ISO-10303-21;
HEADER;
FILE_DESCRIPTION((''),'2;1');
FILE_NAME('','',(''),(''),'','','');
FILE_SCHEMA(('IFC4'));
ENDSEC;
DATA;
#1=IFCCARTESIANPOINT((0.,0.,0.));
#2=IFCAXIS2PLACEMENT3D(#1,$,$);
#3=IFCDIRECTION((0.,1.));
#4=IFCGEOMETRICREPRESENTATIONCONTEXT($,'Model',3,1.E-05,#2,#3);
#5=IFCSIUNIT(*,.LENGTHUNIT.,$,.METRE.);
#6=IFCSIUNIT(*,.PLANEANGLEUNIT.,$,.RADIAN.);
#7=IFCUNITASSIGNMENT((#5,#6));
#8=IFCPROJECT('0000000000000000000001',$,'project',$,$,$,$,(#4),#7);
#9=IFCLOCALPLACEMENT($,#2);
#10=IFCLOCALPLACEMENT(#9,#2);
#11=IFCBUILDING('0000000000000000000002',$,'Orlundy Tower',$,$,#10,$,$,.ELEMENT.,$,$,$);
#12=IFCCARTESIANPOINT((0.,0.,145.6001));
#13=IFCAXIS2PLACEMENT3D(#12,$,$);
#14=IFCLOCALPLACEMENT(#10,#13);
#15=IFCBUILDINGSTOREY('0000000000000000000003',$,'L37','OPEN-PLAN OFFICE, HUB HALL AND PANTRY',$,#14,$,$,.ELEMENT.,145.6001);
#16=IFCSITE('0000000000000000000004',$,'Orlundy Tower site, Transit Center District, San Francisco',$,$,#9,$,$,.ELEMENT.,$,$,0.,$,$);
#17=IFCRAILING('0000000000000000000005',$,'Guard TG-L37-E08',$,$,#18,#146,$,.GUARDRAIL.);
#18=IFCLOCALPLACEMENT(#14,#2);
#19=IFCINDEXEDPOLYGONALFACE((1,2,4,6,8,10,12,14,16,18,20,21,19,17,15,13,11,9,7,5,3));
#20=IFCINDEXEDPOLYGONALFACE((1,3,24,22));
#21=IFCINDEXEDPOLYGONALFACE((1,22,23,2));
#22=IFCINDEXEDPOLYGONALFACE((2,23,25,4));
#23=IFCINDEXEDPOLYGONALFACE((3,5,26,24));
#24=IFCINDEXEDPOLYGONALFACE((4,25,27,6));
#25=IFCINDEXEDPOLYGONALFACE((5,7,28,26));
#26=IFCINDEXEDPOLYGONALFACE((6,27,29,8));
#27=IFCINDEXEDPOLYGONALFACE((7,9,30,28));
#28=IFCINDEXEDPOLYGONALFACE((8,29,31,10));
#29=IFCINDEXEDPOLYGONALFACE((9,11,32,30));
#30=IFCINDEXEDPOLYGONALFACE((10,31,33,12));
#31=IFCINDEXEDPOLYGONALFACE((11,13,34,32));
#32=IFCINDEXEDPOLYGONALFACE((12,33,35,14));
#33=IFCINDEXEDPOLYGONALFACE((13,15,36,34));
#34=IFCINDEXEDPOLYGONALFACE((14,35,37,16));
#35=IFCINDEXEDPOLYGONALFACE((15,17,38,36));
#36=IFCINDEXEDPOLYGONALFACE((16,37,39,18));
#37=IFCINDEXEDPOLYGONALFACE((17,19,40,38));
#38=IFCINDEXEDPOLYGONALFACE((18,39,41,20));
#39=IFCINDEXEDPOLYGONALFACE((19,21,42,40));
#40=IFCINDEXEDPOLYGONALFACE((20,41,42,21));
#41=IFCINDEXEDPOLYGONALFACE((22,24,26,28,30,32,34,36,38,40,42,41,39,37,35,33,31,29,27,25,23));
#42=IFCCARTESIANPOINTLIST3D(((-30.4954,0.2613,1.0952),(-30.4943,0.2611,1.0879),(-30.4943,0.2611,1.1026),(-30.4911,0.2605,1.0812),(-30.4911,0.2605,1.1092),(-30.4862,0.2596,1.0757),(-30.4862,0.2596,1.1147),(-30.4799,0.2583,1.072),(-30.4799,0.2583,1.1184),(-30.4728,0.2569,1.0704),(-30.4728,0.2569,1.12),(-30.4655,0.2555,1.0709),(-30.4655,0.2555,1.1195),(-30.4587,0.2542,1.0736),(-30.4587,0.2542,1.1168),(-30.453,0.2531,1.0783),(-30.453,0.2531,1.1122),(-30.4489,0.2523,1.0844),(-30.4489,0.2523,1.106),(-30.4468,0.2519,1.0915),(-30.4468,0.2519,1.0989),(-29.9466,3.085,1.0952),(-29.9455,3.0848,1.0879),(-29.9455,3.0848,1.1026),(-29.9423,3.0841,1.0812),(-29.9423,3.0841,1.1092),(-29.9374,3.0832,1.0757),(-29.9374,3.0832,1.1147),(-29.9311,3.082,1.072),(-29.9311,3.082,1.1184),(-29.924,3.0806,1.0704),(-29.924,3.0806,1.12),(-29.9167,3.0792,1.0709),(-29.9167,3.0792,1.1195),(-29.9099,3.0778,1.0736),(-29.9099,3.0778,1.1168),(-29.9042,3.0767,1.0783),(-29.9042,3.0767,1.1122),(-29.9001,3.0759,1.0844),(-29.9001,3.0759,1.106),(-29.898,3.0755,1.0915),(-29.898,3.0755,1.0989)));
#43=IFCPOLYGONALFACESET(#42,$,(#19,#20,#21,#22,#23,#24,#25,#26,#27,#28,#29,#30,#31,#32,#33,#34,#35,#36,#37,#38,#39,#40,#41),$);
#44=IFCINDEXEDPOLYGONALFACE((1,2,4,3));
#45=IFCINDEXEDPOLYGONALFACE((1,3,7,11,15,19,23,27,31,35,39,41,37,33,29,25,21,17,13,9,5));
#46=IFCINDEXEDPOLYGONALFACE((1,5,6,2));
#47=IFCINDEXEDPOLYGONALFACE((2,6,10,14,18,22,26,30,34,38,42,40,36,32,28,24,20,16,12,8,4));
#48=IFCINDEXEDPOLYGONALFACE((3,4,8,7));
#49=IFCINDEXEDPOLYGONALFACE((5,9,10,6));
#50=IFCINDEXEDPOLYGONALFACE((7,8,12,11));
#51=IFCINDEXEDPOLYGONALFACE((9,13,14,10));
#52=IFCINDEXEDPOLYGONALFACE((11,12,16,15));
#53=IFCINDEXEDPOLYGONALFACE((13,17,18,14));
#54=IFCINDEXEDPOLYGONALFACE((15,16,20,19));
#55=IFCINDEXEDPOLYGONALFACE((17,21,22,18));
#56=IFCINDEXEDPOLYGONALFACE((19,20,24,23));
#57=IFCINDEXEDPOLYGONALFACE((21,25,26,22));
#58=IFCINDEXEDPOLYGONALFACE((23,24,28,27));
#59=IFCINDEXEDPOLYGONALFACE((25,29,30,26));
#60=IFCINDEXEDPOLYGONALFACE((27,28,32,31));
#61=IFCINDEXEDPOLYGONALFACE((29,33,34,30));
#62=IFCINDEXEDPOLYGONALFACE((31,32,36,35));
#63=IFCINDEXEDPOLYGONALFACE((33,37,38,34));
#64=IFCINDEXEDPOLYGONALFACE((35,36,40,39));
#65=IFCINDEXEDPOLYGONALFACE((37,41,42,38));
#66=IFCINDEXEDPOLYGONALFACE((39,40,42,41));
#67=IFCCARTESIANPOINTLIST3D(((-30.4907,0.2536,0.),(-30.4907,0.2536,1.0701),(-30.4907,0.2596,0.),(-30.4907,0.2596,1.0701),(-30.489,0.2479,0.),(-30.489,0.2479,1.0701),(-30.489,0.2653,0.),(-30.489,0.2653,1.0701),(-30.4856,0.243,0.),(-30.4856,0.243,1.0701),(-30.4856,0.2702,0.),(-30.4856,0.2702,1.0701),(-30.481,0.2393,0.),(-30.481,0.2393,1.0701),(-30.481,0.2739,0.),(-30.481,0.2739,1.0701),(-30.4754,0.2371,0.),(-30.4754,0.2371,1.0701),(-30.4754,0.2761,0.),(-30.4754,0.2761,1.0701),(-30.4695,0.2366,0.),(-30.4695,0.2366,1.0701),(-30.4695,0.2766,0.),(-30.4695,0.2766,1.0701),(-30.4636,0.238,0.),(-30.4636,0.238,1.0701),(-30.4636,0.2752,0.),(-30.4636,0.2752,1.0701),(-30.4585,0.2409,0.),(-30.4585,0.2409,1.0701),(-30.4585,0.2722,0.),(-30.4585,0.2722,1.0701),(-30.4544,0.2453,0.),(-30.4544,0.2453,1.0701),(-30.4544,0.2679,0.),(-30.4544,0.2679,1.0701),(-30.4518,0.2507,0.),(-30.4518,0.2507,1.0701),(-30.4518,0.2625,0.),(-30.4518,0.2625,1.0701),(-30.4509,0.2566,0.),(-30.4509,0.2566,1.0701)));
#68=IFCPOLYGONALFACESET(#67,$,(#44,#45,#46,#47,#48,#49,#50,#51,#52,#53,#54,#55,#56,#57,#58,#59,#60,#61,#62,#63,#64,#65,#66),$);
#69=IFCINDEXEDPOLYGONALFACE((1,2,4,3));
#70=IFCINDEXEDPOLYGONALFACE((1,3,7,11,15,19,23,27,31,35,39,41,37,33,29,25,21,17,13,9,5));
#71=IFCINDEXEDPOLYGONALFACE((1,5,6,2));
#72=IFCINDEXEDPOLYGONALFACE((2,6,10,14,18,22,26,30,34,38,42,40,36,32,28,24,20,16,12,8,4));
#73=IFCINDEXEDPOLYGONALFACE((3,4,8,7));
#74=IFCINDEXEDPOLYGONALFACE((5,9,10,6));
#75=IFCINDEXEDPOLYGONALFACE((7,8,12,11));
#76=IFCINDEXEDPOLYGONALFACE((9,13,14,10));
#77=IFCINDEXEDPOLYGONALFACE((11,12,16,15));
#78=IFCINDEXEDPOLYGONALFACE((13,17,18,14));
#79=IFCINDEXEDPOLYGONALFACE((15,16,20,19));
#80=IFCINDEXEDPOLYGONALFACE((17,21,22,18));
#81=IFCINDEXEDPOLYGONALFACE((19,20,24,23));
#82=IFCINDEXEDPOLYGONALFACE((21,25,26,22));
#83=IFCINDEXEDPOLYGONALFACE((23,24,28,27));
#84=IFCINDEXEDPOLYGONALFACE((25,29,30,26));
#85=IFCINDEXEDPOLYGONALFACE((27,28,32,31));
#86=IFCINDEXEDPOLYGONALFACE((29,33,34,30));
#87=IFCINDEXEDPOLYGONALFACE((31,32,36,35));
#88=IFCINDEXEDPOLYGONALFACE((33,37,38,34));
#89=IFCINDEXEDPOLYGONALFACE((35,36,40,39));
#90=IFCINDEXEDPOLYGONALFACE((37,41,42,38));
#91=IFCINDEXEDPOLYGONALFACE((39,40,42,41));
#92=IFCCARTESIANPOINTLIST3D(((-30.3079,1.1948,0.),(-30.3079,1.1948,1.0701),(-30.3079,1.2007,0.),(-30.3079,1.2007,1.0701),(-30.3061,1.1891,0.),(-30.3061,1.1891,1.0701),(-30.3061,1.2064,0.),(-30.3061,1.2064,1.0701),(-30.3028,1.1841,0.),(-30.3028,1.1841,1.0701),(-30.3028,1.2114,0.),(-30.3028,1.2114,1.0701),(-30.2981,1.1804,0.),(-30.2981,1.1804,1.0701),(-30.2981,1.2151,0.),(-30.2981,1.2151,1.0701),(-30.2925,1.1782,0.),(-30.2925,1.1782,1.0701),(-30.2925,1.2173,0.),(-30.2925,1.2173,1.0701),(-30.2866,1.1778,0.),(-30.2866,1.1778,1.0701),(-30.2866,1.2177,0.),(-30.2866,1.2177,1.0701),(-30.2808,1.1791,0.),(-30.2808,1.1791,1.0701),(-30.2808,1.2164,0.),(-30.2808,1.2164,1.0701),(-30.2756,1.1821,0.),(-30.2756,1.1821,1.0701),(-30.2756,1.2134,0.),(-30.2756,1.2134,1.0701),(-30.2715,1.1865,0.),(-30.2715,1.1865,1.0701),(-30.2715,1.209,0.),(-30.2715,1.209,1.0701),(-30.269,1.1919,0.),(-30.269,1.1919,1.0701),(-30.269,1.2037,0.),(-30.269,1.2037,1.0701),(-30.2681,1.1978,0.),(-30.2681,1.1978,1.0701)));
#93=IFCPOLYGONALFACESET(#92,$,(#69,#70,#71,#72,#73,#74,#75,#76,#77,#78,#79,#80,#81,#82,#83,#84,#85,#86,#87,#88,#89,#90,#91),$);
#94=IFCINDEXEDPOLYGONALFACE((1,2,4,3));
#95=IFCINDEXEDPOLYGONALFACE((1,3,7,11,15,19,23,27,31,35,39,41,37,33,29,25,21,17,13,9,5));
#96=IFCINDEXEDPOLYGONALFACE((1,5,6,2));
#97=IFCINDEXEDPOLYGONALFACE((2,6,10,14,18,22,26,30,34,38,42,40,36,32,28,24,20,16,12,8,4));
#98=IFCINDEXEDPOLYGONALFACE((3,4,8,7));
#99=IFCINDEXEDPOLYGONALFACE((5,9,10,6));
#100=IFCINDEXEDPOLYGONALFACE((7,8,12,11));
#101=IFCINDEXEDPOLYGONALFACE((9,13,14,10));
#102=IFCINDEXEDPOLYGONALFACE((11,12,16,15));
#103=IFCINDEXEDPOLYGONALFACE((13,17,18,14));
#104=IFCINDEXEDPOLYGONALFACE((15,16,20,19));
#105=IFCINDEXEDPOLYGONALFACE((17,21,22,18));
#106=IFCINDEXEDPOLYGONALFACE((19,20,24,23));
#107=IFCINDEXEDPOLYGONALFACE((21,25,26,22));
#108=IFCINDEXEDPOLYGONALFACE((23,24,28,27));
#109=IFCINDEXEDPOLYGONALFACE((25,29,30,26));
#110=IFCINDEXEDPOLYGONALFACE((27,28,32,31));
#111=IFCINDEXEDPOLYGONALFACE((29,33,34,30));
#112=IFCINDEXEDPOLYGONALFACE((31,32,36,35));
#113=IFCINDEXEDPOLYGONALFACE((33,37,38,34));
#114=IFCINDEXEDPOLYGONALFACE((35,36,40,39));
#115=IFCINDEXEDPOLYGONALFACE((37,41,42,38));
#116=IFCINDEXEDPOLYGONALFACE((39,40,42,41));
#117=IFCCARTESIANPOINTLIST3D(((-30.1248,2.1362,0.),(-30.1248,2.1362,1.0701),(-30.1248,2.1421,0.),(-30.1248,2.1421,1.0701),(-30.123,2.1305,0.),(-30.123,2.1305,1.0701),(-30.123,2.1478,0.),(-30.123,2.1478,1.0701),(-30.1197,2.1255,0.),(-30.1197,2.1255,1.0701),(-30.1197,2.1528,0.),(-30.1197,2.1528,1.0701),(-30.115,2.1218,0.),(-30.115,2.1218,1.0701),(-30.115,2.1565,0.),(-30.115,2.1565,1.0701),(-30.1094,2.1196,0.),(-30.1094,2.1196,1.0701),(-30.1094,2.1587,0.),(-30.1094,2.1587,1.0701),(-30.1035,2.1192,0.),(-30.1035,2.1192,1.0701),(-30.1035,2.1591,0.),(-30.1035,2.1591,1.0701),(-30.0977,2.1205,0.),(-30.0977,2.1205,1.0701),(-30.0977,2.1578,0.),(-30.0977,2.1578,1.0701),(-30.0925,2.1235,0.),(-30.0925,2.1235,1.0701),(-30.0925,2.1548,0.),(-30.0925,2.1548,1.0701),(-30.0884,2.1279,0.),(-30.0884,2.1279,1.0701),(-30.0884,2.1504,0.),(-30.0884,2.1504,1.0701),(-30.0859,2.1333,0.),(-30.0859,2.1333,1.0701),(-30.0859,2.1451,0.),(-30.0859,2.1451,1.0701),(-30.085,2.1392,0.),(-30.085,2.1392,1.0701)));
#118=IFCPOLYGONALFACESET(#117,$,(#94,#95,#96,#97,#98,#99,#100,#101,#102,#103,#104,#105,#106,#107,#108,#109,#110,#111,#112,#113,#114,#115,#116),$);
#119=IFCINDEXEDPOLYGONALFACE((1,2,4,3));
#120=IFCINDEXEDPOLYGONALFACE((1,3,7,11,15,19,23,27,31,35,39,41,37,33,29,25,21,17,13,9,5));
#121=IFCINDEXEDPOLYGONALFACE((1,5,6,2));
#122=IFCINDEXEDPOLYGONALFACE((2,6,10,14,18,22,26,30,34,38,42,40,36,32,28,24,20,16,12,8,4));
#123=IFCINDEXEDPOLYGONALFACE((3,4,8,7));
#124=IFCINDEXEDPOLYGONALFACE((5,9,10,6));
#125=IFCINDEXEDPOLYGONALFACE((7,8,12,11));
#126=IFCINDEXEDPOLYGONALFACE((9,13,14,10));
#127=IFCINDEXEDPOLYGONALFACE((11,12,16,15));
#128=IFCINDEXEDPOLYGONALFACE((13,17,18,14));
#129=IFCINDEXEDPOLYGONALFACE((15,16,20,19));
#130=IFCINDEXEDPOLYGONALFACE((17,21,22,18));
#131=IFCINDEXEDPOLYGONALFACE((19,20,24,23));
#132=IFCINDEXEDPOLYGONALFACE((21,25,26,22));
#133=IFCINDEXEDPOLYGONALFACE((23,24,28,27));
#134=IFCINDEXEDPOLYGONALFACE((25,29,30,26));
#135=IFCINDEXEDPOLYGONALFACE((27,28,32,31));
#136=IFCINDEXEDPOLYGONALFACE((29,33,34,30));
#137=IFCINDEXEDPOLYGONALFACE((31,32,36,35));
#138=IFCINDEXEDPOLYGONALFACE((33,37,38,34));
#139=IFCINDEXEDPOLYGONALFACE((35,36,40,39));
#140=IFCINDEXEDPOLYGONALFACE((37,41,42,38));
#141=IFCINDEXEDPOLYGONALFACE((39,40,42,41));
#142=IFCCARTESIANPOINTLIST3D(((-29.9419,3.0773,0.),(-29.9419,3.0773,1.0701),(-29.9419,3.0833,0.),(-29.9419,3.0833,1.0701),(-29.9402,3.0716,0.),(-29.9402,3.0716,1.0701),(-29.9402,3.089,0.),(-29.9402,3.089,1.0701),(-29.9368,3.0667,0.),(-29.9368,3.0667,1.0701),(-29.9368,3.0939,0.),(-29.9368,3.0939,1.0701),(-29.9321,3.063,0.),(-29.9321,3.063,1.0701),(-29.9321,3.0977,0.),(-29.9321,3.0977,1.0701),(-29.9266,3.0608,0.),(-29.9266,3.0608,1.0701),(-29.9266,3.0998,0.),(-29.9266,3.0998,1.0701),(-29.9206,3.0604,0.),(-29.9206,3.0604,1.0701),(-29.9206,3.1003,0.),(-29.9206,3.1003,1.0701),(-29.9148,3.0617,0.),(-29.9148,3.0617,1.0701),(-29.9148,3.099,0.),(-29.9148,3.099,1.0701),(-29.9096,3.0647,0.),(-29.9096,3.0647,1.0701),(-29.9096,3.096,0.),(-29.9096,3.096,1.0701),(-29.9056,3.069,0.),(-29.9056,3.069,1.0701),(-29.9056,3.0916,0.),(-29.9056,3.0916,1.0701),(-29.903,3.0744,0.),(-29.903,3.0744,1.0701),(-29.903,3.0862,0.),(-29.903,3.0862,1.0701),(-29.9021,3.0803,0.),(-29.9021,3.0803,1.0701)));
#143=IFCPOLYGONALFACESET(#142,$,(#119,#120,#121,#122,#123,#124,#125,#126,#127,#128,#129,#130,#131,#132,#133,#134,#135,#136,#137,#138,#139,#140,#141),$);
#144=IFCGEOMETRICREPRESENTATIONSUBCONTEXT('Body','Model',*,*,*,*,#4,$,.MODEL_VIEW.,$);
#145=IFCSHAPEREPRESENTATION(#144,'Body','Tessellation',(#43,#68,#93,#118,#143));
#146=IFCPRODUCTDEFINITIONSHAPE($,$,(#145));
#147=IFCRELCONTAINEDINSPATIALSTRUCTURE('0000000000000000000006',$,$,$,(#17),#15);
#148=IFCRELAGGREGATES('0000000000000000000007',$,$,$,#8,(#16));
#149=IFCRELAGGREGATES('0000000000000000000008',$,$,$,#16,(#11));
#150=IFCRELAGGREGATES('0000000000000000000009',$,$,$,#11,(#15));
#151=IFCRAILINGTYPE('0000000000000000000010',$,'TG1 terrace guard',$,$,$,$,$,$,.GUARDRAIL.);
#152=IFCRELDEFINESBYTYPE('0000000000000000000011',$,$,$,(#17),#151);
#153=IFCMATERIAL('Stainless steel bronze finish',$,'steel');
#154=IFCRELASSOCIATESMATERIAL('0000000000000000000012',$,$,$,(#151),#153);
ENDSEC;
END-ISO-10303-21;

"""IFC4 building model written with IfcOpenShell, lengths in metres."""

from ifc_helpers import new_model, si_unit, direction, frame, origin, origin_2d, place, context, subcontext, project, spatial, circle, extrude, material, type_object, element, save


model = new_model("IFC4")

# Units and contexts
model_context = context("Model", 3, precision=1e-05, world=origin(), true_north=direction((0.0, 1.0)))
body_context = subcontext(model_context, "Body", "Model", "MODEL_VIEW")
ifc_project = project(units=[si_unit("LENGTHUNIT", "METRE"), si_unit("PLANEANGLEUNIT", "RADIAN")], contexts=[model_context])

# Site, building, storey
site_placement = place(None, origin())
site = spatial("IfcSite", under=ifc_project, at=site_placement, Name="Orlundy Tower site, Transit Center District, San Francisco", CompositionType="ELEMENT", RefElevation=0.0)
building_placement = place(site_placement, origin())
building = spatial("IfcBuilding", under=site, at=building_placement, Name="Orlundy Tower", CompositionType="ELEMENT")
storey_placement = place(building_placement, frame((0.0, 0.0, 145.6001)))
storey = spatial("IfcBuildingStorey", under=building, at=storey_placement, Name="L37", Description="OPEN-PLAN OFFICE, HUB HALL AND PANTRY", CompositionType="ELEMENT", Elevation=145.6001)

# Railing
ifc_material_1 = material(Name="Stainless steel bronze finish", Category="steel")
railing_type_1 = type_object("IfcRailingType", Name="TG1 terrace guard", PredefinedType="GUARDRAIL", material=ifc_material_1)
railing_1_placement = place(storey_placement, frame((-30.4709, 0.2566, 0.0)))
element("IfcRailing", 1, at=railing_1_placement, inside=storey, type_object=railing_type_1, Name="Guard TG-L37-E08", PredefinedType="GUARDRAIL", context=body_context, shape_type="SweptSolid", body=[
    extrude(circle(Radius=0.0249, at=origin_2d()), frame((0.0, 0.0, 1.0952), z_axis=(0.190792, 0.98163, 0.0), x_axis=(-0.98163, 0.190792, 0.0)), (0.0, 0.0, 1.0), 2.8765),
    extrude(circle(Radius=0.02, at=origin_2d()), origin(), (0.0, 0.0, 1.0), 1.0701),
    extrude(circle(Radius=0.02, at=origin_2d()), frame((0.1829, 0.9412, 0.0)), (0.0, 0.0, 1.0), 1.0701),
    extrude(circle(Radius=0.02, at=origin_2d()), frame((0.366, 1.8826, 0.0)), (0.0, 0.0, 1.0), 1.0701),
    extrude(circle(Radius=0.02, at=origin_2d()), frame((0.5488, 2.8237, 0.0)), (0.0, 0.0, 1.0), 1.0701),
])

save(model, "model.ifc")
